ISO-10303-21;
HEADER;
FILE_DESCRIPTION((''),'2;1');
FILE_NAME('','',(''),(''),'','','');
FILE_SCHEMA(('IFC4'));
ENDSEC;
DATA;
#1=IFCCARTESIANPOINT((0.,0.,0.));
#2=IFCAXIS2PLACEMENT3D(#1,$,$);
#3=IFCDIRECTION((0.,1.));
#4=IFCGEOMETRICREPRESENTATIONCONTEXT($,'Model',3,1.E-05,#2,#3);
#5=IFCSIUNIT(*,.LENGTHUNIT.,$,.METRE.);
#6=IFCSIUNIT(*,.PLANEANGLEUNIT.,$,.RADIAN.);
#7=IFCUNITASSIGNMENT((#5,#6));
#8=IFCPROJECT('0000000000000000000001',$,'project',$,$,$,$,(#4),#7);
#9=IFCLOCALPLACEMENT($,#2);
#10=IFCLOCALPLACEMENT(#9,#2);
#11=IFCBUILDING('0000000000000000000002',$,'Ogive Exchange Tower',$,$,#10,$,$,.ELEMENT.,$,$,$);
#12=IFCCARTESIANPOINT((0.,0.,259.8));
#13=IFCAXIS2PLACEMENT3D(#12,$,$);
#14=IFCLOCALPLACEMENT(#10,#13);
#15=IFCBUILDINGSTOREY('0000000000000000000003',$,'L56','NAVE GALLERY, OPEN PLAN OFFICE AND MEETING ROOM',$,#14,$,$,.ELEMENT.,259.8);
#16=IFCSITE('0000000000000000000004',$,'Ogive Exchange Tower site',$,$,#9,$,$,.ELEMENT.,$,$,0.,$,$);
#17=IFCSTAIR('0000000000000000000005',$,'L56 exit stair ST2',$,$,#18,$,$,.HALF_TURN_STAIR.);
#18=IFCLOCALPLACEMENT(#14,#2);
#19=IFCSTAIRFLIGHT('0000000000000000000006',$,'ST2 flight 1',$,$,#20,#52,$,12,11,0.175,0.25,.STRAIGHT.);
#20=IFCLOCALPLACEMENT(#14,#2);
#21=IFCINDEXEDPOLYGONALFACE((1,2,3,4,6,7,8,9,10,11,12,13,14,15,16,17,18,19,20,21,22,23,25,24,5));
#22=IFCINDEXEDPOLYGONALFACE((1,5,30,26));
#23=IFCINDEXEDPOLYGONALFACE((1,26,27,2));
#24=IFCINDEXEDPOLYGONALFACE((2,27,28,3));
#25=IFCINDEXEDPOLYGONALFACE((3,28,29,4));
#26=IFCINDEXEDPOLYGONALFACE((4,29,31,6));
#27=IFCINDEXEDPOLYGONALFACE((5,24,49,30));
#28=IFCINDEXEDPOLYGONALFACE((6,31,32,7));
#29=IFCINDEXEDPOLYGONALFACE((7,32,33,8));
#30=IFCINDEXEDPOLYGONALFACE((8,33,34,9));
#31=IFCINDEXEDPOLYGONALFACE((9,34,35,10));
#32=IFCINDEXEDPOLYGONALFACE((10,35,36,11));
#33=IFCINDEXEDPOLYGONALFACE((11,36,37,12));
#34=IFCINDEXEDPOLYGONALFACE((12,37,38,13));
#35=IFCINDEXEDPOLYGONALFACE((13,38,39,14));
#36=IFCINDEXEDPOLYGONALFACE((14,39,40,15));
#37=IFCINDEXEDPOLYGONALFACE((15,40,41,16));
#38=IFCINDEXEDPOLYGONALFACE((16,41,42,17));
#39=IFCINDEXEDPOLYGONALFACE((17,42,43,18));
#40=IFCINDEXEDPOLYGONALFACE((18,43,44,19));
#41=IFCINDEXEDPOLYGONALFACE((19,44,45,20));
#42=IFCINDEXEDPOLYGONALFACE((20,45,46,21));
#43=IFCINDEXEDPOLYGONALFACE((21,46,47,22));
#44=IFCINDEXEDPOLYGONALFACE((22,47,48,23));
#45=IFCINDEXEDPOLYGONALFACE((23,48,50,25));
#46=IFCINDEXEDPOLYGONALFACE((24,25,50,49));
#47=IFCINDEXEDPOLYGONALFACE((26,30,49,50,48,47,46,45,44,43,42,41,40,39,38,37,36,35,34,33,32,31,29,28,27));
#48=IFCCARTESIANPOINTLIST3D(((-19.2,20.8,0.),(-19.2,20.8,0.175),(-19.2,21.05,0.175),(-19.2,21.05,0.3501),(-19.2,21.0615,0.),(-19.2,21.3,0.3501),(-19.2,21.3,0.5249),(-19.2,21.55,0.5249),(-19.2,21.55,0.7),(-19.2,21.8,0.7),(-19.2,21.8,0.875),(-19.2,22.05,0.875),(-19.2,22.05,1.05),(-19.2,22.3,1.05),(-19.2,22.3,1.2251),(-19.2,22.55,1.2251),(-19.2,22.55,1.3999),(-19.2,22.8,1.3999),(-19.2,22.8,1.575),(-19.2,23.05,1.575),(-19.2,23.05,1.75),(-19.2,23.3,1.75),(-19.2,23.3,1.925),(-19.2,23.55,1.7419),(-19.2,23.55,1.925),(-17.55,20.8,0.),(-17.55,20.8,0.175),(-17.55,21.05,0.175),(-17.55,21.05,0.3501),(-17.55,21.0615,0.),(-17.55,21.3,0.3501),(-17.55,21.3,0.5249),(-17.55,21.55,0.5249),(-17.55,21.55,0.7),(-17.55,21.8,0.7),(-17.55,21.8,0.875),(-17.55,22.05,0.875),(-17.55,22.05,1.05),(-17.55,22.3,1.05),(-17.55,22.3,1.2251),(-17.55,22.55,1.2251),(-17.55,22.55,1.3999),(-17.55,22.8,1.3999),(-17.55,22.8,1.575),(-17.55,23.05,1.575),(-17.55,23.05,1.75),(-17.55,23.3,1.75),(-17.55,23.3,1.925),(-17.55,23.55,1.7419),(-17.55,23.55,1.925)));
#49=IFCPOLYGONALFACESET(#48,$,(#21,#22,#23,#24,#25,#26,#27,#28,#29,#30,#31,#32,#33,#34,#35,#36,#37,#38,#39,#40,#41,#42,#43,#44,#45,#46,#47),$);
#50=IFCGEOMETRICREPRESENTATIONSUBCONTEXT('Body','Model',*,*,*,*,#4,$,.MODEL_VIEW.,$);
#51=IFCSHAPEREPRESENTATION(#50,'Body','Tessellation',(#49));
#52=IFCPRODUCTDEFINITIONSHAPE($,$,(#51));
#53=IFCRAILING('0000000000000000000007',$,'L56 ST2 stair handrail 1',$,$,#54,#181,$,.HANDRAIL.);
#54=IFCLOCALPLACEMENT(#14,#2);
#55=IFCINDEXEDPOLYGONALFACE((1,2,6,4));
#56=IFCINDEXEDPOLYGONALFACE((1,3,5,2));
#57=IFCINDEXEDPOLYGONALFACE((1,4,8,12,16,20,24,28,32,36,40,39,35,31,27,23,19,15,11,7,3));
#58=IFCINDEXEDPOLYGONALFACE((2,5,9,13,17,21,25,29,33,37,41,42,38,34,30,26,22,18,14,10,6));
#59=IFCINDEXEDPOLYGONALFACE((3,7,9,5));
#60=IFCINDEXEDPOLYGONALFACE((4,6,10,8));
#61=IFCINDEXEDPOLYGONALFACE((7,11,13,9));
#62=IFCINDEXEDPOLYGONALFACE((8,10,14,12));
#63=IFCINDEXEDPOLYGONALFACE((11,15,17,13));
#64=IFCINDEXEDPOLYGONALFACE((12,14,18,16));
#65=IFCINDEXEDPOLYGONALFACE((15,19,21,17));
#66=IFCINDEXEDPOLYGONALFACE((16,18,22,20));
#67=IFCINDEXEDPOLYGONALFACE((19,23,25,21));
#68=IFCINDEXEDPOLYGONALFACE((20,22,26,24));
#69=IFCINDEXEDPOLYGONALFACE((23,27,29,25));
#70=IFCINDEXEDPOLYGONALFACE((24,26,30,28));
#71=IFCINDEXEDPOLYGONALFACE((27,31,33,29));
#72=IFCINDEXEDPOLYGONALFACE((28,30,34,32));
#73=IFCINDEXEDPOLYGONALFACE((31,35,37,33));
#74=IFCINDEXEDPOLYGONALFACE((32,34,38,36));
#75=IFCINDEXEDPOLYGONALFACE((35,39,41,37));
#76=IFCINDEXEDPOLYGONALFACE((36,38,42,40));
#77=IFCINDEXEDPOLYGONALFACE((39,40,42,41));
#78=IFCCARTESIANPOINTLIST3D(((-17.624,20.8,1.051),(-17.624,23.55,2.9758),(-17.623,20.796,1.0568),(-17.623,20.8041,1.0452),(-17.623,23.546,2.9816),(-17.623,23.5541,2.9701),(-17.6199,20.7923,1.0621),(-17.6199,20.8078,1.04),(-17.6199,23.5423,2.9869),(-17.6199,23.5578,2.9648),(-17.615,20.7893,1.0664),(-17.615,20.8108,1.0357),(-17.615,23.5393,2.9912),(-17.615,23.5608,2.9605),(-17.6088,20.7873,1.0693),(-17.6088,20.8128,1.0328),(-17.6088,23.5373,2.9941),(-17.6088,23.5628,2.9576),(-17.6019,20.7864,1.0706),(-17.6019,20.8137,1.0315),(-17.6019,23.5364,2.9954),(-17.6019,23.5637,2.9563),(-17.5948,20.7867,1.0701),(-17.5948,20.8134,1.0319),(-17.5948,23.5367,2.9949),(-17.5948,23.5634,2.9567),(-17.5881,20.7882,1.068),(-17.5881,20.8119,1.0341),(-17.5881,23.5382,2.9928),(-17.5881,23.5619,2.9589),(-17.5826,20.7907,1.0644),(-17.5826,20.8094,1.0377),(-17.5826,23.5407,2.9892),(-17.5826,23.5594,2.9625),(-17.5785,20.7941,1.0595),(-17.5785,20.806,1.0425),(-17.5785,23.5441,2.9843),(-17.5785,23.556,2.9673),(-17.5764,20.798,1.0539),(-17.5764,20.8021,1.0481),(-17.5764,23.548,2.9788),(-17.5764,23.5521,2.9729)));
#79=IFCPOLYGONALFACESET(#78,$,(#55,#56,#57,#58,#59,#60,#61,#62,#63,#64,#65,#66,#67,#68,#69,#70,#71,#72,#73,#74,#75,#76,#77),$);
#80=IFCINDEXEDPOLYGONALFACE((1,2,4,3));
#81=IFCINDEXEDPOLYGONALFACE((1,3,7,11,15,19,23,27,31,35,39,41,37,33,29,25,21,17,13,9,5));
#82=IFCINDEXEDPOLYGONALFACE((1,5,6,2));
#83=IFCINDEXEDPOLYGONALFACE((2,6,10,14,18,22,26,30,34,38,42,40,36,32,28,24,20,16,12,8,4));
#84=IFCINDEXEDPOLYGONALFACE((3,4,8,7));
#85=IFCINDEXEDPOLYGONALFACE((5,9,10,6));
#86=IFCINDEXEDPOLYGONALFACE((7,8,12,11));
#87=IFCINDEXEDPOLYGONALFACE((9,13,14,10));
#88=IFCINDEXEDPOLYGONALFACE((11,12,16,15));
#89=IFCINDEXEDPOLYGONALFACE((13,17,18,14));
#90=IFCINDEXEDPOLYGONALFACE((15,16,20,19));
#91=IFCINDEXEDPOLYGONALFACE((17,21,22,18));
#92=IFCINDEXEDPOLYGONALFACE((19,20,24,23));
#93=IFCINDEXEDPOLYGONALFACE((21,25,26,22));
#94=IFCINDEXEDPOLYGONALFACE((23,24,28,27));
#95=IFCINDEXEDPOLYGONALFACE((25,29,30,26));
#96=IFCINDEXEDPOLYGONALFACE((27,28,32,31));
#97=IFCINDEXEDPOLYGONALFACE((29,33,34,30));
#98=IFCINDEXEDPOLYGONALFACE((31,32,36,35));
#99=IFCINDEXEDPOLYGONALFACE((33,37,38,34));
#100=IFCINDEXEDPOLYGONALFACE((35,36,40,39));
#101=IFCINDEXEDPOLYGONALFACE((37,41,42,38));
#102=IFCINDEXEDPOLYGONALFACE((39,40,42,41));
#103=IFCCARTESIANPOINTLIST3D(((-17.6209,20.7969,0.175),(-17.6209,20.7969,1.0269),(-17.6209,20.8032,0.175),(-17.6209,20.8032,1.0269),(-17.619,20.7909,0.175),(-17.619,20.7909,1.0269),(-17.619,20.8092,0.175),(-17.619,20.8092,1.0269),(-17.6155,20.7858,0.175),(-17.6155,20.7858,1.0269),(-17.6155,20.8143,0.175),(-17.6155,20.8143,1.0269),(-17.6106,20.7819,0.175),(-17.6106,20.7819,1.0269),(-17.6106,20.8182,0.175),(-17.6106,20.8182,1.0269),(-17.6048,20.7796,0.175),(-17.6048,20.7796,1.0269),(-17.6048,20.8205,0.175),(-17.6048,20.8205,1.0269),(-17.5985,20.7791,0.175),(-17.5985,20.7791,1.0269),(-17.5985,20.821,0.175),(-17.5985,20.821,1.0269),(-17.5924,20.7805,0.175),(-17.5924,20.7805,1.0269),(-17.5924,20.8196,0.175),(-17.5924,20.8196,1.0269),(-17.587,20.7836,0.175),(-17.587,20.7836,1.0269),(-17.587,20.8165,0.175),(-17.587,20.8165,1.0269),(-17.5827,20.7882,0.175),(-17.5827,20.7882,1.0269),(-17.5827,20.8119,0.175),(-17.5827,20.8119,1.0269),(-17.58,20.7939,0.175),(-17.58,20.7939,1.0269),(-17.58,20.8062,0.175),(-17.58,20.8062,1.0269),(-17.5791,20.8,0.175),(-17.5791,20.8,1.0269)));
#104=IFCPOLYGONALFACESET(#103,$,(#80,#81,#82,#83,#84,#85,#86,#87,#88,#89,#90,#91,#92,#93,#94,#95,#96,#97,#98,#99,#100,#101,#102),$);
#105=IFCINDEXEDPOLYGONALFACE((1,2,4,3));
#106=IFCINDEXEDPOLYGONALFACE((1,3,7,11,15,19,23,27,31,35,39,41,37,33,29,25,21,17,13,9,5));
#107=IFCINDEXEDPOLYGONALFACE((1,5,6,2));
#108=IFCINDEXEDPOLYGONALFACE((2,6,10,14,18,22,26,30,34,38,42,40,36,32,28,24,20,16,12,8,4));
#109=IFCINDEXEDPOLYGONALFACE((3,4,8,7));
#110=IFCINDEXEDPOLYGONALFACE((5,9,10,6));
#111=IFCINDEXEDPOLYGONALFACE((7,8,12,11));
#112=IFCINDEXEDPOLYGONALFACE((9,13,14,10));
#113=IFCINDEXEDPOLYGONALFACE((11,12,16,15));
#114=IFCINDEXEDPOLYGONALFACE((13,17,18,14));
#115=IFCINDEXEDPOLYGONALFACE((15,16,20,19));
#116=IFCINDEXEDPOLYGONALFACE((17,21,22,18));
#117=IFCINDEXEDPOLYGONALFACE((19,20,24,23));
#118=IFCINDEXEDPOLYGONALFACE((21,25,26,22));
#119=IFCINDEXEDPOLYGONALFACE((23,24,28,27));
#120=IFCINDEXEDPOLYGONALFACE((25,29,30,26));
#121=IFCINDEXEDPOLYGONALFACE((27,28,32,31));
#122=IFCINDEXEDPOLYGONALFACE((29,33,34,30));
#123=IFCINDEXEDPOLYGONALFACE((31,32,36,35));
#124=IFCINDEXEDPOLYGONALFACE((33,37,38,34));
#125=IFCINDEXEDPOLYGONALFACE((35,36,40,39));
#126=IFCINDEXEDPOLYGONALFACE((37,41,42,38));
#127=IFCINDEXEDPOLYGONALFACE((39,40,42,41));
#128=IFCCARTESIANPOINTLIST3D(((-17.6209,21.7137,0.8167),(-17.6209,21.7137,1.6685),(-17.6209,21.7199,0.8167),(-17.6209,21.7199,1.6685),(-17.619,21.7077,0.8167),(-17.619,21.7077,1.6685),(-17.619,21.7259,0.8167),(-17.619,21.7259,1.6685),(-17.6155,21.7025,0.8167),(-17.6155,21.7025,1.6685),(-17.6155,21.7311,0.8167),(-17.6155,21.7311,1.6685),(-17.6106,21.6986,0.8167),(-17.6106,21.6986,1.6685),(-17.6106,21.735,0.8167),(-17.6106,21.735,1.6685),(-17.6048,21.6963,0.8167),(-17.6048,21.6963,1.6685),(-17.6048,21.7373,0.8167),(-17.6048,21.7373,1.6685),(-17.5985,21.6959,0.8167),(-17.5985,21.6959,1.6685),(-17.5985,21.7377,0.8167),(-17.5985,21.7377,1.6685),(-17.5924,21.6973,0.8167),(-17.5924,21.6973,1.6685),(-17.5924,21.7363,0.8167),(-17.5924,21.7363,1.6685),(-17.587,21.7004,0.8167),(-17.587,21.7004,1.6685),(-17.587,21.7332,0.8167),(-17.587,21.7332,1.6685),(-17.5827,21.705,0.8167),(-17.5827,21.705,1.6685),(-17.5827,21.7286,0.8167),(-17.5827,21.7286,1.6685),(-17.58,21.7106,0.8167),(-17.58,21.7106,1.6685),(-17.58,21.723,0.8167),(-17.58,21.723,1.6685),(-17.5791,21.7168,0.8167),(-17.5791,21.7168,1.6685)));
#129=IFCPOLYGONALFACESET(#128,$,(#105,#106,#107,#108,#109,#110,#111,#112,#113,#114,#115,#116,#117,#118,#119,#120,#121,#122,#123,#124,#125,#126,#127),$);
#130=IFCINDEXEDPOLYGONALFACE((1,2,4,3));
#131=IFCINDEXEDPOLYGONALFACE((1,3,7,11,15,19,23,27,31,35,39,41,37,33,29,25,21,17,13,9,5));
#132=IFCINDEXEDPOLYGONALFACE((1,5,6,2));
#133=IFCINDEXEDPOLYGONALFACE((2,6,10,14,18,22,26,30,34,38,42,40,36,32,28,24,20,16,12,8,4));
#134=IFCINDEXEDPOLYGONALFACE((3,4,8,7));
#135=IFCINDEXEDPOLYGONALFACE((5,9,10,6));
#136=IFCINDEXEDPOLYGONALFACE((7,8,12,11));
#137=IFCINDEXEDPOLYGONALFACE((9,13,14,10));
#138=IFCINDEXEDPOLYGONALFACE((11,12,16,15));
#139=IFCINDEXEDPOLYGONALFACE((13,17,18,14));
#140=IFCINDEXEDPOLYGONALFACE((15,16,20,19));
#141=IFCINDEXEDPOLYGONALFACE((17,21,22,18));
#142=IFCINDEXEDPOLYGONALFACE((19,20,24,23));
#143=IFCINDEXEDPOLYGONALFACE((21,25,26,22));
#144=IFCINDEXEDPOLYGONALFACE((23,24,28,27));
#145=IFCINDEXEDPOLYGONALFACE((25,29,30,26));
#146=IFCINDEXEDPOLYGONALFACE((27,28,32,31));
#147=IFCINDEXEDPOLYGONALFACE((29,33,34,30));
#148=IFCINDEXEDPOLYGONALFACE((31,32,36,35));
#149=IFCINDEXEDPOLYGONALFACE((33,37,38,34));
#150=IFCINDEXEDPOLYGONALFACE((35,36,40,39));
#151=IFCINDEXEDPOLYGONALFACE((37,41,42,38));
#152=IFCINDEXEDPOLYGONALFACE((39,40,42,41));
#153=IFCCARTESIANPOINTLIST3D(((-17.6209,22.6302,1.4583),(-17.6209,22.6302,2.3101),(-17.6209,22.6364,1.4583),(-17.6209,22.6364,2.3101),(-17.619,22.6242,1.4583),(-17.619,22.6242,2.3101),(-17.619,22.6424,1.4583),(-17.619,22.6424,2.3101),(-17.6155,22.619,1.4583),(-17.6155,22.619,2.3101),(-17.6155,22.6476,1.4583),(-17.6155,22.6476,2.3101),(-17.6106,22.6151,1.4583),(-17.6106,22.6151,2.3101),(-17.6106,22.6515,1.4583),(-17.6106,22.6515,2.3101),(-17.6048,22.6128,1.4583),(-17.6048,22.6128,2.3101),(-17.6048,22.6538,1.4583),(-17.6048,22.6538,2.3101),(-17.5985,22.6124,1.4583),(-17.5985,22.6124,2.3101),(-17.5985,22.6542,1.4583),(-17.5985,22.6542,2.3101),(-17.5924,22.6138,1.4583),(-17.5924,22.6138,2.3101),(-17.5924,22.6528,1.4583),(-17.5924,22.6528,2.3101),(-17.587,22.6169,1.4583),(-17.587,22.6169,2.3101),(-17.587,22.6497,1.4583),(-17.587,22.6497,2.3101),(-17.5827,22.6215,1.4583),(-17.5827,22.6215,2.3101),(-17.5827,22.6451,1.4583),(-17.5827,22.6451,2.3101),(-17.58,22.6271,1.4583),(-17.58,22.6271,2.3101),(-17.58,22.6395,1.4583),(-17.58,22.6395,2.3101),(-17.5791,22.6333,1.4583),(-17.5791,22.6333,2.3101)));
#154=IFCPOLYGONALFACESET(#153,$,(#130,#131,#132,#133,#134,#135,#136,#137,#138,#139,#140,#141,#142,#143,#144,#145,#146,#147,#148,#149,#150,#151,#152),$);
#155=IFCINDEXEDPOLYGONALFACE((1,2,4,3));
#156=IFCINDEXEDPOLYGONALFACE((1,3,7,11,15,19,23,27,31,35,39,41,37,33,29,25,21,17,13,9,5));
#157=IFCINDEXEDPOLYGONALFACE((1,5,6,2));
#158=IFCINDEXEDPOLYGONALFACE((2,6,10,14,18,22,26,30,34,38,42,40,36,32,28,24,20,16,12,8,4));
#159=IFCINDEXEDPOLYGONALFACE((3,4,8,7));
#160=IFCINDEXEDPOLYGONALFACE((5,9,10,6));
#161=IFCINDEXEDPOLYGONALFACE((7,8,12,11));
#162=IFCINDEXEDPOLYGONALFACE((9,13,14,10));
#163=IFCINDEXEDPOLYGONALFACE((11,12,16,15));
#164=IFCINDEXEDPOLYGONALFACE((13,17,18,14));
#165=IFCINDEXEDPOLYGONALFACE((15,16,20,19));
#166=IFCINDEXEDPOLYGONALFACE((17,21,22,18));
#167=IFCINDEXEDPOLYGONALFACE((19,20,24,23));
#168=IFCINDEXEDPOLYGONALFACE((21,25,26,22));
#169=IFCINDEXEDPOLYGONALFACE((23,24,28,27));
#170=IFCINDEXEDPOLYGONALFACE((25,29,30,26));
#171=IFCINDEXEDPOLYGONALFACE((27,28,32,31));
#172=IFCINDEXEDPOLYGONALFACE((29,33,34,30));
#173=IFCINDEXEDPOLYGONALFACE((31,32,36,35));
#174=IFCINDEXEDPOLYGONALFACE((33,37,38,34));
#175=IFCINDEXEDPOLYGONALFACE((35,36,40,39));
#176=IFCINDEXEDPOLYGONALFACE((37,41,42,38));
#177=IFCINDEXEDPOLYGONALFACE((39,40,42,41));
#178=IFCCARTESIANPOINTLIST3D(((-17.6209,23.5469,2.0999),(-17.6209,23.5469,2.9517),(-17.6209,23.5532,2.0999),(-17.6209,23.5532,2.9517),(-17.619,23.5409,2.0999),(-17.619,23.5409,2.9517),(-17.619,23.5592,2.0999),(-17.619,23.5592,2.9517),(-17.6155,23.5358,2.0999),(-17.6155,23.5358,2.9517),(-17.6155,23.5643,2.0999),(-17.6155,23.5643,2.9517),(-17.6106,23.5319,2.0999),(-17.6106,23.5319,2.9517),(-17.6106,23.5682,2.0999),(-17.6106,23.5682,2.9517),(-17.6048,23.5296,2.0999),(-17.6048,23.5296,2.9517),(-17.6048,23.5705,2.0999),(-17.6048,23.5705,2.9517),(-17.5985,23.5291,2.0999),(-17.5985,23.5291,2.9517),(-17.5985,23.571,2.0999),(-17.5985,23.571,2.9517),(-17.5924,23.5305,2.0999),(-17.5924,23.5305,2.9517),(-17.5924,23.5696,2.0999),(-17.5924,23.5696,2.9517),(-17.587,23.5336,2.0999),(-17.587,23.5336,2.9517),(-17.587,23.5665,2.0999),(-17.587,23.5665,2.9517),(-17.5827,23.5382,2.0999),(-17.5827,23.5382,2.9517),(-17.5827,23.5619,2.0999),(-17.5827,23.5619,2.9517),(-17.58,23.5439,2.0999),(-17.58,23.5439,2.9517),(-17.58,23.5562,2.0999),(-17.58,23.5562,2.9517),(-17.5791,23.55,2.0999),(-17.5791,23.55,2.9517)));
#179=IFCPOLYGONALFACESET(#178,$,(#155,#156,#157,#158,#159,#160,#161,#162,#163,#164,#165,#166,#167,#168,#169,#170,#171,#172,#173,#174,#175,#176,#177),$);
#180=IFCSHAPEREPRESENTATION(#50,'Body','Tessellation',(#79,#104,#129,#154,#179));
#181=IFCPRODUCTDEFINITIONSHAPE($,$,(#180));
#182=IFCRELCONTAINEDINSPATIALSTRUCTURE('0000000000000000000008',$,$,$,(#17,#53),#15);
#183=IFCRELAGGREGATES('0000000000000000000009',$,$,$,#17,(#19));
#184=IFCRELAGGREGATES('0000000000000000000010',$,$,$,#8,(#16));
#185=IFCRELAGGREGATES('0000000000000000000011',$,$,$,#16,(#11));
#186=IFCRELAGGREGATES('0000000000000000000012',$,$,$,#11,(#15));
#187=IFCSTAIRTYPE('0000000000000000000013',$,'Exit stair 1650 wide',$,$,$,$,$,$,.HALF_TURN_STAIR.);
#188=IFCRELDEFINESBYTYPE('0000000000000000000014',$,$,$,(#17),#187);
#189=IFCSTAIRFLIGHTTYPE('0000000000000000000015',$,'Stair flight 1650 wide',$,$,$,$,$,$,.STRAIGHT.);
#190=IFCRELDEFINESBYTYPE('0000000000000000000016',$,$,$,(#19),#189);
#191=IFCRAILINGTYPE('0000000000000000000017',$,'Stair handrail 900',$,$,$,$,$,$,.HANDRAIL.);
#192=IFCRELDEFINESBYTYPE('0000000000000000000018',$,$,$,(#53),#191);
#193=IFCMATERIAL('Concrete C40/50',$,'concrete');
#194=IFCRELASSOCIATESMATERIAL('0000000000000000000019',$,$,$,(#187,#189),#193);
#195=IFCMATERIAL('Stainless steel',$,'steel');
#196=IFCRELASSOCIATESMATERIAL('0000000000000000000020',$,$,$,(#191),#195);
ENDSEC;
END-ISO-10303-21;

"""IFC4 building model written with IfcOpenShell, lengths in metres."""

from ifc_helpers import new_model, si_unit, direction, frame, origin, origin_2d, place, context, subcontext, project, spatial, polyline, circle, outline, extrude, material, type_object, element, aggregate, save


model = new_model("IFC4")

# Units and contexts
model_context = context("Model", 3, precision=1e-05, world=origin(), true_north=direction((0.0, 1.0)))
body_context = subcontext(model_context, "Body", "Model", "MODEL_VIEW")
ifc_project = project(units=[si_unit("LENGTHUNIT", "METRE"), si_unit("PLANEANGLEUNIT", "RADIAN")], contexts=[model_context])

# Site, building, storey
site_placement = place(None, origin())
site = spatial("IfcSite", under=ifc_project, at=site_placement, Name="Ogive Exchange Tower site", CompositionType="ELEMENT", RefElevation=0.0)
building_placement = place(site_placement, origin())
building = spatial("IfcBuilding", under=site, at=building_placement, Name="Ogive Exchange Tower", CompositionType="ELEMENT")
storey_placement = place(building_placement, frame((0.0, 0.0, 259.8)))
storey = spatial("IfcBuildingStorey", under=building, at=storey_placement, Name="L56", Description="NAVE GALLERY, OPEN PLAN OFFICE AND MEETING ROOM", CompositionType="ELEMENT", Elevation=259.8)

# Stair, stair flight
ifc_material_1 = material(Name="Concrete C40/50", Category="concrete")
stair_type = type_object("IfcStairType", Name="Exit stair 1650 wide", PredefinedType="HALF_TURN_STAIR", material=ifc_material_1)
stair_placement = place(storey_placement, origin())
stair = element("IfcStair", 1, at=stair_placement, inside=storey, type_object=stair_type, Name="L56 exit stair ST2", PredefinedType="HALF_TURN_STAIR")
stair_flight_type = type_object("IfcStairFlightType", Name="Stair flight 1650 wide", PredefinedType="STRAIGHT", material=ifc_material_1)
stair_flight_placement = place(storey_placement, frame((-18.375, 20.8, 0.0), z_axis=(0.0, 0.0, 1.0), x_axis=(0.0, 1.0, 0.0)))
stair_flight = element("IfcStairFlight", 2, at=stair_flight_placement, type_object=stair_flight_type, Name="ST2 flight 1", NumberOfRisers=12, NumberOfTreads=11, PredefinedType="STRAIGHT", RiserHeight=0.175, TreadLength=0.25, context=body_context, shape_type="SweptSolid", body=[
    extrude(outline(polyline([(0.0, 0.0), (0.0, 0.175), (0.25, 0.175), (0.25, 0.3501), (0.5, 0.3501), (0.5, 0.5249), (0.75, 0.5249), (0.75, 0.7), (1.0, 0.7), (1.0, 0.875), (1.25, 0.875), (1.25, 1.05), (1.5, 1.05), (1.5, 1.2251), (1.75, 1.2251), (1.75, 1.3999), (2.0, 1.3999), (2.0, 1.575), (2.25, 1.575), (2.25, 1.75), (2.5, 1.75), (2.5, 1.925), (2.75, 1.925), (2.75, 2.1001), (2.75, 1.7419), (0.2615, 0.0), (0.0, 0.0)])), frame((0.0, 0.825, 0.0), z_axis=(0.0, -1.0, 0.0), x_axis=(1.0, 0.0, 0.0)), (0.0, 0.0, 1.0), 1.6499),
])
aggregate(stair, [stair_flight])

# Railing
ifc_material_2 = material(Name="Stainless steel", Category="steel")
railing_type = type_object("IfcRailingType", Name="Stair handrail 900", PredefinedType="HANDRAIL", material=ifc_material_2)
railing_placement = place(storey_placement, frame((-17.6001, 20.8, 0.175)))
element("IfcRailing", 3, at=railing_placement, inside=storey, type_object=railing_type, Name="L56 ST2 stair handrail 1", PredefinedType="HANDRAIL", context=body_context, shape_type="SweptSolid", body=[
    extrude(circle(Radius=0.0239, at=origin_2d()), frame((0.0, 0.0, 0.876), z_axis=(0.0, 0.819259, 0.573423), x_axis=(-1.0, 0.0, 0.0)), (0.0, 0.0, 1.0), 3.3567),
    extrude(circle(Radius=0.021, at=origin_2d()), origin(), (0.0, 0.0, 1.0), 0.8518),
    extrude(circle(Radius=0.021, at=origin_2d()), frame((0.0, 0.9167, 0.6416)), (0.0, 0.0, 1.0), 0.8518),
    extrude(circle(Radius=0.021, at=origin_2d()), frame((0.0, 1.8333, 1.2832)), (0.0, 0.0, 1.0), 0.8518),
    extrude(circle(Radius=0.021, at=origin_2d()), frame((0.0, 2.75, 1.9248)), (0.0, 0.0, 1.0), 0.8518),
])

save(model, "model.ifc")
